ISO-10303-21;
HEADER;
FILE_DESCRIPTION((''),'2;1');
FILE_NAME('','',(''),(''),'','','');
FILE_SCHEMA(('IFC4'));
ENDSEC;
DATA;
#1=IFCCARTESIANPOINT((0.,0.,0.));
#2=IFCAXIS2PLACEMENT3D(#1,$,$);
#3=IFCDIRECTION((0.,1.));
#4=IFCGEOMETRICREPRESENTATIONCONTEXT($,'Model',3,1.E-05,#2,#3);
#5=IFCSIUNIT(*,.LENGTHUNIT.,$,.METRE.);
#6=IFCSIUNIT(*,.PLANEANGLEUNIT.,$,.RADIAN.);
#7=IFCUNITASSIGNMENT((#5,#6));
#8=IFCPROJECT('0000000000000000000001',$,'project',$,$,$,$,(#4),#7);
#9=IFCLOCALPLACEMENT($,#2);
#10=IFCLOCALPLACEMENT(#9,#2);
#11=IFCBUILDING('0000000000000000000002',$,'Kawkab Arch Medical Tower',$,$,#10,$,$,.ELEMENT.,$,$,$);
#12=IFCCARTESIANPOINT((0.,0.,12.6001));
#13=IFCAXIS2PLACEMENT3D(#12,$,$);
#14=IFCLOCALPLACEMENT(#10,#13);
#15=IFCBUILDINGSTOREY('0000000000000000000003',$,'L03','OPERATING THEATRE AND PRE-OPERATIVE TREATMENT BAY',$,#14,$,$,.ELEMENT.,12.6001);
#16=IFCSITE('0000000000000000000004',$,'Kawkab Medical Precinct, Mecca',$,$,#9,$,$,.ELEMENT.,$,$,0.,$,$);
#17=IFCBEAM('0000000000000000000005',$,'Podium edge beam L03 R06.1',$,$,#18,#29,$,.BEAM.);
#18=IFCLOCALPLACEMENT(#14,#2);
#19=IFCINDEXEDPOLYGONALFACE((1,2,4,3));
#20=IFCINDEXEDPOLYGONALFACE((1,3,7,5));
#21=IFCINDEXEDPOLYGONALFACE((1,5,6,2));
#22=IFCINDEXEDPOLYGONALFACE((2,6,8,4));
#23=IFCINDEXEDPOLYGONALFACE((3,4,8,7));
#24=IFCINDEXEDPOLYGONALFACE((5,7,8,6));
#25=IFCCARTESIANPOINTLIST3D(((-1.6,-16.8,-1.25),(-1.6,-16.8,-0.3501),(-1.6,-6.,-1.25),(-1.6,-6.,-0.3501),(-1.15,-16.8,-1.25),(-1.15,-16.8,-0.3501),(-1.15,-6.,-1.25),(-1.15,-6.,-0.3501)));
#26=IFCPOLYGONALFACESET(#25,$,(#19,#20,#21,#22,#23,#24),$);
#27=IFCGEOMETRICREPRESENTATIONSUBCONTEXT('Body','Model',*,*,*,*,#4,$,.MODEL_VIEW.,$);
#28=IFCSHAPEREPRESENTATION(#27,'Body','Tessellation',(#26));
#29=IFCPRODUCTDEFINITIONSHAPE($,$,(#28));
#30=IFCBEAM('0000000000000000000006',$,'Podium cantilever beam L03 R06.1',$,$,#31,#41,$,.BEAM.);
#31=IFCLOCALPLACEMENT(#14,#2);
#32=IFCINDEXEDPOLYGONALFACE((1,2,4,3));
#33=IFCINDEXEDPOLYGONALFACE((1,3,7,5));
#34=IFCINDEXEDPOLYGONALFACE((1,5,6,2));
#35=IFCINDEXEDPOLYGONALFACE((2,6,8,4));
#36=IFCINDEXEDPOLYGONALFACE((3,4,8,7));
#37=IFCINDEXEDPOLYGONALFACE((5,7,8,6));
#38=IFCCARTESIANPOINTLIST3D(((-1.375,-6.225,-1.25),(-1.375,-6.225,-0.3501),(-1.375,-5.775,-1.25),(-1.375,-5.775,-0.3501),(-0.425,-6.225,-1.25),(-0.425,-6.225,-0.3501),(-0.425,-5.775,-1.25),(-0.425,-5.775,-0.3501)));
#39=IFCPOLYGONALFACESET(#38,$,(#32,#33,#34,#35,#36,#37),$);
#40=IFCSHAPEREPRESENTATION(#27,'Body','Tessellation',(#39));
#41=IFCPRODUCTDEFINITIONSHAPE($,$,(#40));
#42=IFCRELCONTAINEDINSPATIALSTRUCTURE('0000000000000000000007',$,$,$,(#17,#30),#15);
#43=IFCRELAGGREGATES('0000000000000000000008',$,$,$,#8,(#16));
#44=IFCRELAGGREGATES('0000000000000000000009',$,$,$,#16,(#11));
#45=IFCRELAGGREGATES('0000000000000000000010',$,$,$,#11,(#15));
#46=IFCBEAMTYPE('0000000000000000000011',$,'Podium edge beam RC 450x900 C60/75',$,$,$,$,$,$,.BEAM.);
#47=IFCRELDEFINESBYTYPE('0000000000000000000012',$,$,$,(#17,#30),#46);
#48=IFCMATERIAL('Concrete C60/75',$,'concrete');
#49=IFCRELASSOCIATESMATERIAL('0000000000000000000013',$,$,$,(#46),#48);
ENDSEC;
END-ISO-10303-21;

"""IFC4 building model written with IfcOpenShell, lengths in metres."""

from ifc_helpers import new_model, si_unit, direction, frame, origin, origin_2d, place, context, subcontext, project, spatial, rectangle, extrude, material, material_profile, profile_set, type_object, element, save


model = new_model("IFC4")

# Units and contexts
model_context = context("Model", 3, precision=1e-05, world=origin(), true_north=direction((0.0, 1.0)))
body_context = subcontext(model_context, "Body", "Model", "MODEL_VIEW")
ifc_project = project(units=[si_unit("LENGTHUNIT", "METRE"), si_unit("PLANEANGLEUNIT", "RADIAN")], contexts=[model_context])

# Site, building, storey
site_placement = place(None, origin())
site = spatial("IfcSite", under=ifc_project, at=site_placement, Name="Kawkab Medical Precinct, Mecca", CompositionType="ELEMENT", RefElevation=0.0)
building_placement = place(site_placement, origin())
building = spatial("IfcBuilding", under=site, at=building_placement, Name="Kawkab Arch Medical Tower", CompositionType="ELEMENT")
storey_placement = place(building_placement, frame((0.0, 0.0, 12.6001)))
storey = spatial("IfcBuildingStorey", under=building, at=storey_placement, Name="L03", Description="OPERATING THEATRE AND PRE-OPERATIVE TREATMENT BAY", CompositionType="ELEMENT", Elevation=12.6001)

# Beams
ifc_material_1 = material(Name="Concrete C60/75", Category="concrete")
ifc_material_profile = material_profile(ifc_material_1, rectangle(XDim=0.45, YDim=0.8999, at=origin_2d()), Name="RC 450x900")
ifc_profile_set = profile_set([ifc_material_profile], Name="Concrete C60/75")
beam_type = type_object("IfcBeamType", Name="Podium edge beam RC 450x900 C60/75", PredefinedType="BEAM", material=ifc_profile_set)
beam_1_placement = place(storey_placement, frame((-1.375, -6.0, -0.8), z_axis=(0.0, -1.0, 0.0), x_axis=(1.0, 0.0, 0.0)))
element("IfcBeam", 1, at=beam_1_placement, inside=storey, type_object=beam_type, Name="Podium edge beam L03 R06.1", PredefinedType="BEAM", context=body_context, shape_type="SweptSolid", body=[
    extrude(rectangle(XDim=0.45, YDim=0.8999, at=origin_2d()), origin(), (0.0, 0.0, 1.0), 10.8),
])
beam_2_placement = place(storey_placement, frame((-0.425, -6.0, -0.8), z_axis=(-1.0, 0.0, 0.0), x_axis=(0.0, -1.0, 0.0)))
element("IfcBeam", 2, at=beam_2_placement, inside=storey, type_object=beam_type, Name="Podium cantilever beam L03 R06.1", PredefinedType="BEAM", context=body_context, shape_type="SweptSolid", body=[
    extrude(rectangle(XDim=0.45, YDim=0.8999, at=origin_2d()), origin(), (0.0, 0.0, 1.0), 0.95),
])

save(model, "model.ifc")
